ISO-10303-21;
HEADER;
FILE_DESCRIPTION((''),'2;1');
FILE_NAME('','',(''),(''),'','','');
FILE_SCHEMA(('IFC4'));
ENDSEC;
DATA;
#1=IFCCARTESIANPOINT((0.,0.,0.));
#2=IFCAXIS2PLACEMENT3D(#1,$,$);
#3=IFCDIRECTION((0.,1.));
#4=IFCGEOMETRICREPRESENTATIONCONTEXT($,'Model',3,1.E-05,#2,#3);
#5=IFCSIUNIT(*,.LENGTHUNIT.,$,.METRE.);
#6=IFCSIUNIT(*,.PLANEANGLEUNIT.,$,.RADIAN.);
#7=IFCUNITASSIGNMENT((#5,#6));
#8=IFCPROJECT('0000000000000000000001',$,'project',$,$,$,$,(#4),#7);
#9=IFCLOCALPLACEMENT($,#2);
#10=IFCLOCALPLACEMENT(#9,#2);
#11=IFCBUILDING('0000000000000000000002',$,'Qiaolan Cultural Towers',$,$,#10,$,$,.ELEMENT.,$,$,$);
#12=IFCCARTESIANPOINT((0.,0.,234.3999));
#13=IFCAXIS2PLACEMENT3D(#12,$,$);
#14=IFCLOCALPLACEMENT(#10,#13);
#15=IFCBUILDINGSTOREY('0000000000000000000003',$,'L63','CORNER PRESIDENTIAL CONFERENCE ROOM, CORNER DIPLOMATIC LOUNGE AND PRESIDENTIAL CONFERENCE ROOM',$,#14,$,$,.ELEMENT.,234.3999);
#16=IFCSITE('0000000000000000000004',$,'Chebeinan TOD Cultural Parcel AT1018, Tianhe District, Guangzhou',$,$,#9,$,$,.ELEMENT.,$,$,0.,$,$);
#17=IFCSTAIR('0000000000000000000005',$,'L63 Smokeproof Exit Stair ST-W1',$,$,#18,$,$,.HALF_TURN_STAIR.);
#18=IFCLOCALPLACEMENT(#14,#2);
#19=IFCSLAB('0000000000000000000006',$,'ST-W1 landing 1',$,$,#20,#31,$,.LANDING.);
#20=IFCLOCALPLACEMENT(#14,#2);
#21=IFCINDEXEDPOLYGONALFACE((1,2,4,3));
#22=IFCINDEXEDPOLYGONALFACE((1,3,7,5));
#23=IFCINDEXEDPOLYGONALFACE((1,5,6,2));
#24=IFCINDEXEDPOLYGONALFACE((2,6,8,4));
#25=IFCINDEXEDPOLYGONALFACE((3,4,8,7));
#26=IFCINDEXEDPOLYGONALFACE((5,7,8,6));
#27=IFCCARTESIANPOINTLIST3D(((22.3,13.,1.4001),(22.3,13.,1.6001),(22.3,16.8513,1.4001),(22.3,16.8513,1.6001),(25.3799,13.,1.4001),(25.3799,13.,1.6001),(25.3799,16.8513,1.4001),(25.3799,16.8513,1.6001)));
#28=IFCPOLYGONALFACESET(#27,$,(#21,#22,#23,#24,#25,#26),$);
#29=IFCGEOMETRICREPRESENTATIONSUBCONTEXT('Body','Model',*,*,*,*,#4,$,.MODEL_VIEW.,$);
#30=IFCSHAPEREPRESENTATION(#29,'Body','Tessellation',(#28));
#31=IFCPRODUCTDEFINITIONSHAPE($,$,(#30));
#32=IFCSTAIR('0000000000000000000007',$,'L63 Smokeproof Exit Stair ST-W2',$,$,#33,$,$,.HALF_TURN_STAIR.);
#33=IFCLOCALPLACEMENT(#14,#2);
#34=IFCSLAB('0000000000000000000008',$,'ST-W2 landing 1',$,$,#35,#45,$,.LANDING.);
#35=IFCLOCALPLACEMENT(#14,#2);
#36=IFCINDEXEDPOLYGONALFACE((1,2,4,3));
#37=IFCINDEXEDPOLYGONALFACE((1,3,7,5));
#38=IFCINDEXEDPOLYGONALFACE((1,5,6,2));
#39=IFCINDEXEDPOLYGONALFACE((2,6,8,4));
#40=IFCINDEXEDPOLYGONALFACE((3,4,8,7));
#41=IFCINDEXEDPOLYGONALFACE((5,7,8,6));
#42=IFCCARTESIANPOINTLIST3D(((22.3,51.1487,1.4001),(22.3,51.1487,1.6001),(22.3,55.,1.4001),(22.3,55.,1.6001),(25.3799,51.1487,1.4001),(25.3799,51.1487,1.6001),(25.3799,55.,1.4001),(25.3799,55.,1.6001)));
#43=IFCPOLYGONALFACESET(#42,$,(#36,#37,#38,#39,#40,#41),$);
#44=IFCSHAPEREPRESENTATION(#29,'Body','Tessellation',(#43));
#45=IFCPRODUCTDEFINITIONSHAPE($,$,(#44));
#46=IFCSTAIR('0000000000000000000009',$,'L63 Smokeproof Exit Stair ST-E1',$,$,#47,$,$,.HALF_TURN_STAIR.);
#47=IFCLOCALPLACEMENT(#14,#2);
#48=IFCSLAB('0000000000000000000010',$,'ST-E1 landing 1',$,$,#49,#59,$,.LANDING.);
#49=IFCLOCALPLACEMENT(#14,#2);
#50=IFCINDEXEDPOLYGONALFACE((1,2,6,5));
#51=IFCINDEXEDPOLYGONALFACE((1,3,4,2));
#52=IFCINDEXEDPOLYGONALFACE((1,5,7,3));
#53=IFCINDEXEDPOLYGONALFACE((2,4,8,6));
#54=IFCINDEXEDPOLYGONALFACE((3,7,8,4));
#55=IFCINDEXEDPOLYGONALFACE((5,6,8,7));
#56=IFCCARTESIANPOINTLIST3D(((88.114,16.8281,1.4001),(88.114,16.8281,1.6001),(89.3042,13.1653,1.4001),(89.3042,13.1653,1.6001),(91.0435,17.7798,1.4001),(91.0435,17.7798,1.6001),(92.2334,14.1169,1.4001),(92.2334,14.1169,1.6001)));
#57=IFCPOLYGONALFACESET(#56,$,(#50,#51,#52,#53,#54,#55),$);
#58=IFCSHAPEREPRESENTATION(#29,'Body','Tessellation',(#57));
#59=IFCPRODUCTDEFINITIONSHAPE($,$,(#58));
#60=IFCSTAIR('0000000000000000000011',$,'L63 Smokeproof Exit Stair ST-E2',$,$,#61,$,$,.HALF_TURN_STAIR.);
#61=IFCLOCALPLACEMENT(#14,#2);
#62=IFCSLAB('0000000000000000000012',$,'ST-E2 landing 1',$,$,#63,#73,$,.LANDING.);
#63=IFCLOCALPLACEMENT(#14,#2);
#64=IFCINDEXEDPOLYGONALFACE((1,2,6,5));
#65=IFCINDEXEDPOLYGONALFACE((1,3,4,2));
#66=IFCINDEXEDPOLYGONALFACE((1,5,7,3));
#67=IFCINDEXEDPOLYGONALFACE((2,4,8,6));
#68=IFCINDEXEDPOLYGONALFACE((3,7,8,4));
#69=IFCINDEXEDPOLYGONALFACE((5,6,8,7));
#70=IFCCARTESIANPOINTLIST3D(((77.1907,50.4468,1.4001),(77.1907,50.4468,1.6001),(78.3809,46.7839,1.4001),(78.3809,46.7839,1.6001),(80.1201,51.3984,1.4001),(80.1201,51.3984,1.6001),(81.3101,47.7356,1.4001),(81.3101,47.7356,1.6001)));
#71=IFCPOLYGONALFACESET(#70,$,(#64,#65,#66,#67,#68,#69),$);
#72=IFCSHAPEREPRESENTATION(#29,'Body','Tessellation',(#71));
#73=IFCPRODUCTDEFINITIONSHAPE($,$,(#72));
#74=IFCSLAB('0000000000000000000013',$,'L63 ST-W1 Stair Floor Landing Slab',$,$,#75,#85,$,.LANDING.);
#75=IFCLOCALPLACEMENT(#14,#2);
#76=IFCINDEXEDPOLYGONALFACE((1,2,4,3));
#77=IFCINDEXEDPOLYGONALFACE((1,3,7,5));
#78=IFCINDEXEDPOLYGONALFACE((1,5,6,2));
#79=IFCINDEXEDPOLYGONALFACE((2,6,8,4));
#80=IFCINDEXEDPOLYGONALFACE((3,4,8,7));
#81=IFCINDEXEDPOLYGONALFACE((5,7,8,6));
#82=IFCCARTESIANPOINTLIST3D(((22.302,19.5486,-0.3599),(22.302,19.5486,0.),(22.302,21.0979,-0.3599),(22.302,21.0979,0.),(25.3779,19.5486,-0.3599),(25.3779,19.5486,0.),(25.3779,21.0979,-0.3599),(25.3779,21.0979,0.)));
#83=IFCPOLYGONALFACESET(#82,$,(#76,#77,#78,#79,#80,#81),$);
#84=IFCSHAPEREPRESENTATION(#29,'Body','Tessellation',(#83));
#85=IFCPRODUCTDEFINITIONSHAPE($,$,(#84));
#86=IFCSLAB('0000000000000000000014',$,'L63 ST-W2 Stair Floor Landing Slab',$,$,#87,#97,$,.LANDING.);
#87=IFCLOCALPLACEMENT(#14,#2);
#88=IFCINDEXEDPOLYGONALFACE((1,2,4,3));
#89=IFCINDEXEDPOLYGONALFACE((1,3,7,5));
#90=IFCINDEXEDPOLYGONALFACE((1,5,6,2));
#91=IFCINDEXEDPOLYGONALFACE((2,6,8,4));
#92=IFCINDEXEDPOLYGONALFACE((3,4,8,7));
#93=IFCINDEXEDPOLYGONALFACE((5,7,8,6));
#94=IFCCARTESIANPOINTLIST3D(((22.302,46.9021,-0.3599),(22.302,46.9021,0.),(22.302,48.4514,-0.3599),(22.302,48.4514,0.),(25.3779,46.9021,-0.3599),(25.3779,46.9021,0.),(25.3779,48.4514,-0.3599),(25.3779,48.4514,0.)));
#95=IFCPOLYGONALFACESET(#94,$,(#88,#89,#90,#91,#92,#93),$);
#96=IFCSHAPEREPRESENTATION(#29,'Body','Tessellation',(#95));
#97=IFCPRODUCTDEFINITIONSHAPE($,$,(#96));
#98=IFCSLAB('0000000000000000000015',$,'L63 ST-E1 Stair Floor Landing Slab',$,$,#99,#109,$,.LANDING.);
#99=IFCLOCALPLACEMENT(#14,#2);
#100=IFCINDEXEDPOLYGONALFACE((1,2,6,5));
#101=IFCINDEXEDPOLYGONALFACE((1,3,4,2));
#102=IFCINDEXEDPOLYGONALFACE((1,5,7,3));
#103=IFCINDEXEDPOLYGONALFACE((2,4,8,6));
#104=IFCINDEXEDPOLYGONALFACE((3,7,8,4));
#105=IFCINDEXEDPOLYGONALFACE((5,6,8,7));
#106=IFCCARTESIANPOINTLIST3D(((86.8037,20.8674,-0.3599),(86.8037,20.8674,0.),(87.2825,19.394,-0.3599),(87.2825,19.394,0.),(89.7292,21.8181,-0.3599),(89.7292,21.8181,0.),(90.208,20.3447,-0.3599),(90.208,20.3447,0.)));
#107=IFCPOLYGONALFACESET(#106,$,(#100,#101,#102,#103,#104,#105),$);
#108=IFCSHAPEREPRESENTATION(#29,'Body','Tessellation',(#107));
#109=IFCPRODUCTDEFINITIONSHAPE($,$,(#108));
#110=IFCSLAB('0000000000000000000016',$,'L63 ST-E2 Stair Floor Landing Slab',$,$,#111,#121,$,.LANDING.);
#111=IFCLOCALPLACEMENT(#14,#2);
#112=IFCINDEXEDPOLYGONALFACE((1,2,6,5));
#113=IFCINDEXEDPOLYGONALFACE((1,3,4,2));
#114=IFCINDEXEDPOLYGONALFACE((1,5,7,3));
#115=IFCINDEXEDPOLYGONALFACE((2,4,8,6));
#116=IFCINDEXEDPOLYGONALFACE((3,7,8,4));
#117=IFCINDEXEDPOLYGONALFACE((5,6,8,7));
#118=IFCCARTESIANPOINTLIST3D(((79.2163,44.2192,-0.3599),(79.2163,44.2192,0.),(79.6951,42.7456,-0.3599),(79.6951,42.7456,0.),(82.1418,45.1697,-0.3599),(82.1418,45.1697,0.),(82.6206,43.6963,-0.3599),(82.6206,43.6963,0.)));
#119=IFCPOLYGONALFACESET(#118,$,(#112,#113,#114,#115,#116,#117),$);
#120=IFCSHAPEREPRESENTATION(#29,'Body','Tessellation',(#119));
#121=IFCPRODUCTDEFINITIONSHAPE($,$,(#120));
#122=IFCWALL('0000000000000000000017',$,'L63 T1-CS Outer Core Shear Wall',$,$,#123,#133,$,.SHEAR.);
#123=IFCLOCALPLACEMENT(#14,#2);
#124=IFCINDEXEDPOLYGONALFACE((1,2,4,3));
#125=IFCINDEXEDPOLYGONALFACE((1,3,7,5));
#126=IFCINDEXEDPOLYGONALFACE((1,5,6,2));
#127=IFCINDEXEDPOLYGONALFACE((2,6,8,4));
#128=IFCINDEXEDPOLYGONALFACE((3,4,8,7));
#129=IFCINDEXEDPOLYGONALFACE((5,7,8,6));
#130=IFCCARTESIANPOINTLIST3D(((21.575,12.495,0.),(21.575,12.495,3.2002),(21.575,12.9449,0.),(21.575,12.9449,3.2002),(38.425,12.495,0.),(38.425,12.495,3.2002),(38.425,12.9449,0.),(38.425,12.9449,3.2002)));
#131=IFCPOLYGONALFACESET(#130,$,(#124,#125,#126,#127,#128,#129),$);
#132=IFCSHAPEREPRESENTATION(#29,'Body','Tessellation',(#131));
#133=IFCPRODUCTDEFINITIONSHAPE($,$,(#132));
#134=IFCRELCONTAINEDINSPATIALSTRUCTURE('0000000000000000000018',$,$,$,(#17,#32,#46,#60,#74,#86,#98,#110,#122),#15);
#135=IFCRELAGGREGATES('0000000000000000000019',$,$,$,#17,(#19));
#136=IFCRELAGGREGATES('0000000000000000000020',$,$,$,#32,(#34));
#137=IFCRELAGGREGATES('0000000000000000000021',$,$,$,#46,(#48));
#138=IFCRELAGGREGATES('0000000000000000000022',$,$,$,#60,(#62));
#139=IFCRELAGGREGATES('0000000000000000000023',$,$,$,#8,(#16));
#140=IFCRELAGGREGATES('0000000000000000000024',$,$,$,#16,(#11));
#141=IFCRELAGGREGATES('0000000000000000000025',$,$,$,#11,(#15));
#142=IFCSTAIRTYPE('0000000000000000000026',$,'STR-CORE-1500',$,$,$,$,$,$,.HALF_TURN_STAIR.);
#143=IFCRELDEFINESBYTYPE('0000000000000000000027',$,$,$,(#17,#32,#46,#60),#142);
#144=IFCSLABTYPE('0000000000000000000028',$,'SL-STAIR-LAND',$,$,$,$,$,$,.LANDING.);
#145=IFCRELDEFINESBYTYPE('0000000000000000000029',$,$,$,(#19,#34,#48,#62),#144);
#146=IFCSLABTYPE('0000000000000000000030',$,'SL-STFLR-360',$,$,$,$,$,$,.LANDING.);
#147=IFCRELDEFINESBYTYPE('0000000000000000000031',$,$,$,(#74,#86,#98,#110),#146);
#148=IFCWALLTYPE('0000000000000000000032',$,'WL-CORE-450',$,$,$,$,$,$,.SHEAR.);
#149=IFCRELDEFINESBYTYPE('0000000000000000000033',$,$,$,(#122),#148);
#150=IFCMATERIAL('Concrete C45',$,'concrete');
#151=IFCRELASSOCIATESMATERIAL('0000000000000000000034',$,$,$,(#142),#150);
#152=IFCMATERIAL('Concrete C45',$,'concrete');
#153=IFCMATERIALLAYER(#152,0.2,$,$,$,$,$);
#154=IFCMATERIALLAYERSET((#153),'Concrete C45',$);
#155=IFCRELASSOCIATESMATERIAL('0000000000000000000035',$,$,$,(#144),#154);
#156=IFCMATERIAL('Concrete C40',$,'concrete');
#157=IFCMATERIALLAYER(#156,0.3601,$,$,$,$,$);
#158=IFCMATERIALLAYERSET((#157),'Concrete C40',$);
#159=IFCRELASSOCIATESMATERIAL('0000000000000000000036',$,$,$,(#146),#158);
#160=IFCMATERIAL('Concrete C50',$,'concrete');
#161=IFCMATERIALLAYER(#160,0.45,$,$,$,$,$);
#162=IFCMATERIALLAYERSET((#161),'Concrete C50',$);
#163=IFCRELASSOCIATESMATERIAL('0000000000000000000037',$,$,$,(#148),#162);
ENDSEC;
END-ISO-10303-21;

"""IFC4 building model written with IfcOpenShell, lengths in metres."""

from ifc_helpers import new_model, si_unit, direction, frame, frame_2d, origin, place, context, subcontext, project, spatial, polyline, rectangle, outline, extrude, material, layer, layer_set, type_object, element, aggregate, save


model = new_model("IFC4")

# Units and contexts
model_context = context("Model", 3, precision=1e-05, world=origin(), true_north=direction((0.0, 1.0)))
body_context = subcontext(model_context, "Body", "Model", "MODEL_VIEW")
ifc_project = project(units=[si_unit("LENGTHUNIT", "METRE"), si_unit("PLANEANGLEUNIT", "RADIAN")], contexts=[model_context])

# Site, building, storey
site_placement = place(None, origin())
site = spatial("IfcSite", under=ifc_project, at=site_placement, Name="Chebeinan TOD Cultural Parcel AT1018, Tianhe District, Guangzhou", CompositionType="ELEMENT", RefElevation=0.0)
building_placement = place(site_placement, origin())
building = spatial("IfcBuilding", under=site, at=building_placement, Name="Qiaolan Cultural Towers", CompositionType="ELEMENT")
storey_placement = place(building_placement, frame((0.0, 0.0, 234.3999)))
storey = spatial("IfcBuildingStorey", under=building, at=storey_placement, Name="L63", Description="CORNER PRESIDENTIAL CONFERENCE ROOM, CORNER DIPLOMATIC LOUNGE AND PRESIDENTIAL CONFERENCE ROOM", CompositionType="ELEMENT", Elevation=234.3999)

# Stairs, slabs
ifc_material_1 = material(Name="Concrete C45", Category="concrete")
stair_type = type_object("IfcStairType", Name="STR-CORE-1500", PredefinedType="HALF_TURN_STAIR", material=ifc_material_1)
stair_1_placement = place(storey_placement, origin())
stair_1 = element("IfcStair", 1, at=stair_1_placement, inside=storey, type_object=stair_type, Name="L63 Smokeproof Exit Stair ST-W1", PredefinedType="HALF_TURN_STAIR")
ifc_material_2 = material(Name="Concrete C45", Category="concrete")
ifc_layer_1 = layer(ifc_material_2, 0.2)
ifc_layer_set_1 = layer_set([ifc_layer_1], Name="Concrete C45")
slab_type_1 = type_object("IfcSlabType", Name="SL-STAIR-LAND", PredefinedType="LANDING", material=ifc_layer_set_1)
slab_1_placement = place(storey_placement, frame((0.0, 0.0, 1.4001)))
slab_1 = element("IfcSlab", 2, at=slab_1_placement, type_object=slab_type_1, Name="ST-W1 landing 1", PredefinedType="LANDING", context=body_context, shape_type="SweptSolid", body=[
    extrude(outline(polyline([(22.3, 16.8513), (22.3, 13.0), (25.3799, 13.0), (25.3799, 16.8513), (22.3, 16.8513)])), origin(), (0.0, 0.0, 1.0), 0.2),
])
aggregate(stair_1, [slab_1])
stair_2_placement = place(storey_placement, origin())
stair_2 = element("IfcStair", 3, at=stair_2_placement, inside=storey, type_object=stair_type, Name="L63 Smokeproof Exit Stair ST-W2", PredefinedType="HALF_TURN_STAIR")
slab_2_placement = place(storey_placement, frame((0.0, 0.0, 1.4001)))
slab_2 = element("IfcSlab", 4, at=slab_2_placement, type_object=slab_type_1, Name="ST-W2 landing 1", PredefinedType="LANDING", context=body_context, shape_type="SweptSolid", body=[
    extrude(outline(polyline([(25.3799, 51.1487), (25.3799, 55.0), (22.3, 55.0), (22.3, 51.1487), (25.3799, 51.1487)])), origin(), (0.0, 0.0, 1.0), 0.2),
])
aggregate(stair_2, [slab_2])
stair_3_placement = place(storey_placement, origin())
stair_3 = element("IfcStair", 5, at=stair_3_placement, inside=storey, type_object=stair_type, Name="L63 Smokeproof Exit Stair ST-E1", PredefinedType="HALF_TURN_STAIR")
slab_3_placement = place(storey_placement, frame((0.0, 0.0, 1.4001)))
slab_3 = element("IfcSlab", 6, at=slab_3_placement, type_object=slab_type_1, Name="ST-E1 landing 1", PredefinedType="LANDING", context=body_context, shape_type="SweptSolid", body=[
    extrude(outline(polyline([(88.114, 16.8281), (89.3042, 13.1653), (92.2334, 14.1169), (91.0435, 17.7798), (88.114, 16.8281)])), origin(), (0.0, 0.0, 1.0), 0.2),
])
aggregate(stair_3, [slab_3])
stair_4_placement = place(storey_placement, origin())
stair_4 = element("IfcStair", 7, at=stair_4_placement, inside=storey, type_object=stair_type, Name="L63 Smokeproof Exit Stair ST-E2", PredefinedType="HALF_TURN_STAIR")
slab_4_placement = place(storey_placement, frame((0.0, 0.0, 1.4001)))
slab_4 = element("IfcSlab", 8, at=slab_4_placement, type_object=slab_type_1, Name="ST-E2 landing 1", PredefinedType="LANDING", context=body_context, shape_type="SweptSolid", body=[
    extrude(outline(polyline([(81.3101, 47.7356), (80.1201, 51.3984), (77.1907, 50.4468), (78.3809, 46.7839), (81.3101, 47.7356)])), origin(), (0.0, 0.0, 1.0), 0.2),
])
aggregate(stair_4, [slab_4])

# Slabs
ifc_material_3 = material(Name="Concrete C40", Category="concrete")
ifc_layer_2 = layer(ifc_material_3, 0.3601)
ifc_layer_set_2 = layer_set([ifc_layer_2], Name="Concrete C40")
slab_type_2 = type_object("IfcSlabType", Name="SL-STFLR-360", PredefinedType="LANDING", material=ifc_layer_set_2)
slab_5_placement = place(storey_placement, frame((0.0, 0.0, -0.3599)))
element("IfcSlab", 9, at=slab_5_placement, inside=storey, type_object=slab_type_2, Name="L63 ST-W1 Stair Floor Landing Slab", PredefinedType="LANDING", context=body_context, shape_type="SweptSolid", body=[
    extrude(outline(polyline([(22.302, 21.0979), (22.302, 19.5486), (25.3779, 19.5486), (25.3779, 21.0979), (22.302, 21.0979)])), origin(), (0.0, 0.0, 1.0), 0.3599),
])
slab_6_placement = place(storey_placement, frame((0.0, 0.0, -0.3599)))
element("IfcSlab", 10, at=slab_6_placement, inside=storey, type_object=slab_type_2, Name="L63 ST-W2 Stair Floor Landing Slab", PredefinedType="LANDING", context=body_context, shape_type="SweptSolid", body=[
    extrude(outline(polyline([(25.3779, 46.9021), (25.3779, 48.4514), (22.302, 48.4514), (22.302, 46.9021), (25.3779, 46.9021)])), origin(), (0.0, 0.0, 1.0), 0.3599),
])
slab_7_placement = place(storey_placement, frame((0.0, 0.0, -0.3599)))
element("IfcSlab", 11, at=slab_7_placement, inside=storey, type_object=slab_type_2, Name="L63 ST-E1 Stair Floor Landing Slab", PredefinedType="LANDING", context=body_context, shape_type="SweptSolid", body=[
    extrude(outline(polyline([(86.8037, 20.8674), (87.2825, 19.394), (90.208, 20.3447), (89.7292, 21.8181), (86.8037, 20.8674)])), origin(), (0.0, 0.0, 1.0), 0.3599),
])
slab_8_placement = place(storey_placement, frame((0.0, 0.0, -0.3599)))
element("IfcSlab", 12, at=slab_8_placement, inside=storey, type_object=slab_type_2, Name="L63 ST-E2 Stair Floor Landing Slab", PredefinedType="LANDING", context=body_context, shape_type="SweptSolid", body=[
    extrude(outline(polyline([(82.6206, 43.6963), (82.1418, 45.1697), (79.2163, 44.2192), (79.6951, 42.7456), (82.6206, 43.6963)])), origin(), (0.0, 0.0, 1.0), 0.3599),
])

# Wall
ifc_material_4 = material(Name="Concrete C50", Category="concrete")
ifc_layer_3 = layer(ifc_material_4, 0.45)
ifc_layer_set_3 = layer_set([ifc_layer_3], Name="Concrete C50")
wall_type_1 = type_object("IfcWallType", Name="WL-CORE-450", PredefinedType="SHEAR", material=ifc_layer_set_3)
wall_1_placement = place(storey_placement, frame((21.575, 12.72, 0.0), z_axis=(0.0, 0.0, 1.0), x_axis=(1.0, 0.0, 0.0)))
element("IfcWall", 13, at=wall_1_placement, inside=storey, type_object=wall_type_1, Name="L63 T1-CS Outer Core Shear Wall", PredefinedType="SHEAR", context=body_context, shape_type="SweptSolid", body=[
    extrude(rectangle(XDim=16.8501, YDim=0.45, at=frame_2d((8.425, 0.0))), origin(), (0.0, 0.0, 1.0), 3.2002),
])

save(model, "model.ifc")
